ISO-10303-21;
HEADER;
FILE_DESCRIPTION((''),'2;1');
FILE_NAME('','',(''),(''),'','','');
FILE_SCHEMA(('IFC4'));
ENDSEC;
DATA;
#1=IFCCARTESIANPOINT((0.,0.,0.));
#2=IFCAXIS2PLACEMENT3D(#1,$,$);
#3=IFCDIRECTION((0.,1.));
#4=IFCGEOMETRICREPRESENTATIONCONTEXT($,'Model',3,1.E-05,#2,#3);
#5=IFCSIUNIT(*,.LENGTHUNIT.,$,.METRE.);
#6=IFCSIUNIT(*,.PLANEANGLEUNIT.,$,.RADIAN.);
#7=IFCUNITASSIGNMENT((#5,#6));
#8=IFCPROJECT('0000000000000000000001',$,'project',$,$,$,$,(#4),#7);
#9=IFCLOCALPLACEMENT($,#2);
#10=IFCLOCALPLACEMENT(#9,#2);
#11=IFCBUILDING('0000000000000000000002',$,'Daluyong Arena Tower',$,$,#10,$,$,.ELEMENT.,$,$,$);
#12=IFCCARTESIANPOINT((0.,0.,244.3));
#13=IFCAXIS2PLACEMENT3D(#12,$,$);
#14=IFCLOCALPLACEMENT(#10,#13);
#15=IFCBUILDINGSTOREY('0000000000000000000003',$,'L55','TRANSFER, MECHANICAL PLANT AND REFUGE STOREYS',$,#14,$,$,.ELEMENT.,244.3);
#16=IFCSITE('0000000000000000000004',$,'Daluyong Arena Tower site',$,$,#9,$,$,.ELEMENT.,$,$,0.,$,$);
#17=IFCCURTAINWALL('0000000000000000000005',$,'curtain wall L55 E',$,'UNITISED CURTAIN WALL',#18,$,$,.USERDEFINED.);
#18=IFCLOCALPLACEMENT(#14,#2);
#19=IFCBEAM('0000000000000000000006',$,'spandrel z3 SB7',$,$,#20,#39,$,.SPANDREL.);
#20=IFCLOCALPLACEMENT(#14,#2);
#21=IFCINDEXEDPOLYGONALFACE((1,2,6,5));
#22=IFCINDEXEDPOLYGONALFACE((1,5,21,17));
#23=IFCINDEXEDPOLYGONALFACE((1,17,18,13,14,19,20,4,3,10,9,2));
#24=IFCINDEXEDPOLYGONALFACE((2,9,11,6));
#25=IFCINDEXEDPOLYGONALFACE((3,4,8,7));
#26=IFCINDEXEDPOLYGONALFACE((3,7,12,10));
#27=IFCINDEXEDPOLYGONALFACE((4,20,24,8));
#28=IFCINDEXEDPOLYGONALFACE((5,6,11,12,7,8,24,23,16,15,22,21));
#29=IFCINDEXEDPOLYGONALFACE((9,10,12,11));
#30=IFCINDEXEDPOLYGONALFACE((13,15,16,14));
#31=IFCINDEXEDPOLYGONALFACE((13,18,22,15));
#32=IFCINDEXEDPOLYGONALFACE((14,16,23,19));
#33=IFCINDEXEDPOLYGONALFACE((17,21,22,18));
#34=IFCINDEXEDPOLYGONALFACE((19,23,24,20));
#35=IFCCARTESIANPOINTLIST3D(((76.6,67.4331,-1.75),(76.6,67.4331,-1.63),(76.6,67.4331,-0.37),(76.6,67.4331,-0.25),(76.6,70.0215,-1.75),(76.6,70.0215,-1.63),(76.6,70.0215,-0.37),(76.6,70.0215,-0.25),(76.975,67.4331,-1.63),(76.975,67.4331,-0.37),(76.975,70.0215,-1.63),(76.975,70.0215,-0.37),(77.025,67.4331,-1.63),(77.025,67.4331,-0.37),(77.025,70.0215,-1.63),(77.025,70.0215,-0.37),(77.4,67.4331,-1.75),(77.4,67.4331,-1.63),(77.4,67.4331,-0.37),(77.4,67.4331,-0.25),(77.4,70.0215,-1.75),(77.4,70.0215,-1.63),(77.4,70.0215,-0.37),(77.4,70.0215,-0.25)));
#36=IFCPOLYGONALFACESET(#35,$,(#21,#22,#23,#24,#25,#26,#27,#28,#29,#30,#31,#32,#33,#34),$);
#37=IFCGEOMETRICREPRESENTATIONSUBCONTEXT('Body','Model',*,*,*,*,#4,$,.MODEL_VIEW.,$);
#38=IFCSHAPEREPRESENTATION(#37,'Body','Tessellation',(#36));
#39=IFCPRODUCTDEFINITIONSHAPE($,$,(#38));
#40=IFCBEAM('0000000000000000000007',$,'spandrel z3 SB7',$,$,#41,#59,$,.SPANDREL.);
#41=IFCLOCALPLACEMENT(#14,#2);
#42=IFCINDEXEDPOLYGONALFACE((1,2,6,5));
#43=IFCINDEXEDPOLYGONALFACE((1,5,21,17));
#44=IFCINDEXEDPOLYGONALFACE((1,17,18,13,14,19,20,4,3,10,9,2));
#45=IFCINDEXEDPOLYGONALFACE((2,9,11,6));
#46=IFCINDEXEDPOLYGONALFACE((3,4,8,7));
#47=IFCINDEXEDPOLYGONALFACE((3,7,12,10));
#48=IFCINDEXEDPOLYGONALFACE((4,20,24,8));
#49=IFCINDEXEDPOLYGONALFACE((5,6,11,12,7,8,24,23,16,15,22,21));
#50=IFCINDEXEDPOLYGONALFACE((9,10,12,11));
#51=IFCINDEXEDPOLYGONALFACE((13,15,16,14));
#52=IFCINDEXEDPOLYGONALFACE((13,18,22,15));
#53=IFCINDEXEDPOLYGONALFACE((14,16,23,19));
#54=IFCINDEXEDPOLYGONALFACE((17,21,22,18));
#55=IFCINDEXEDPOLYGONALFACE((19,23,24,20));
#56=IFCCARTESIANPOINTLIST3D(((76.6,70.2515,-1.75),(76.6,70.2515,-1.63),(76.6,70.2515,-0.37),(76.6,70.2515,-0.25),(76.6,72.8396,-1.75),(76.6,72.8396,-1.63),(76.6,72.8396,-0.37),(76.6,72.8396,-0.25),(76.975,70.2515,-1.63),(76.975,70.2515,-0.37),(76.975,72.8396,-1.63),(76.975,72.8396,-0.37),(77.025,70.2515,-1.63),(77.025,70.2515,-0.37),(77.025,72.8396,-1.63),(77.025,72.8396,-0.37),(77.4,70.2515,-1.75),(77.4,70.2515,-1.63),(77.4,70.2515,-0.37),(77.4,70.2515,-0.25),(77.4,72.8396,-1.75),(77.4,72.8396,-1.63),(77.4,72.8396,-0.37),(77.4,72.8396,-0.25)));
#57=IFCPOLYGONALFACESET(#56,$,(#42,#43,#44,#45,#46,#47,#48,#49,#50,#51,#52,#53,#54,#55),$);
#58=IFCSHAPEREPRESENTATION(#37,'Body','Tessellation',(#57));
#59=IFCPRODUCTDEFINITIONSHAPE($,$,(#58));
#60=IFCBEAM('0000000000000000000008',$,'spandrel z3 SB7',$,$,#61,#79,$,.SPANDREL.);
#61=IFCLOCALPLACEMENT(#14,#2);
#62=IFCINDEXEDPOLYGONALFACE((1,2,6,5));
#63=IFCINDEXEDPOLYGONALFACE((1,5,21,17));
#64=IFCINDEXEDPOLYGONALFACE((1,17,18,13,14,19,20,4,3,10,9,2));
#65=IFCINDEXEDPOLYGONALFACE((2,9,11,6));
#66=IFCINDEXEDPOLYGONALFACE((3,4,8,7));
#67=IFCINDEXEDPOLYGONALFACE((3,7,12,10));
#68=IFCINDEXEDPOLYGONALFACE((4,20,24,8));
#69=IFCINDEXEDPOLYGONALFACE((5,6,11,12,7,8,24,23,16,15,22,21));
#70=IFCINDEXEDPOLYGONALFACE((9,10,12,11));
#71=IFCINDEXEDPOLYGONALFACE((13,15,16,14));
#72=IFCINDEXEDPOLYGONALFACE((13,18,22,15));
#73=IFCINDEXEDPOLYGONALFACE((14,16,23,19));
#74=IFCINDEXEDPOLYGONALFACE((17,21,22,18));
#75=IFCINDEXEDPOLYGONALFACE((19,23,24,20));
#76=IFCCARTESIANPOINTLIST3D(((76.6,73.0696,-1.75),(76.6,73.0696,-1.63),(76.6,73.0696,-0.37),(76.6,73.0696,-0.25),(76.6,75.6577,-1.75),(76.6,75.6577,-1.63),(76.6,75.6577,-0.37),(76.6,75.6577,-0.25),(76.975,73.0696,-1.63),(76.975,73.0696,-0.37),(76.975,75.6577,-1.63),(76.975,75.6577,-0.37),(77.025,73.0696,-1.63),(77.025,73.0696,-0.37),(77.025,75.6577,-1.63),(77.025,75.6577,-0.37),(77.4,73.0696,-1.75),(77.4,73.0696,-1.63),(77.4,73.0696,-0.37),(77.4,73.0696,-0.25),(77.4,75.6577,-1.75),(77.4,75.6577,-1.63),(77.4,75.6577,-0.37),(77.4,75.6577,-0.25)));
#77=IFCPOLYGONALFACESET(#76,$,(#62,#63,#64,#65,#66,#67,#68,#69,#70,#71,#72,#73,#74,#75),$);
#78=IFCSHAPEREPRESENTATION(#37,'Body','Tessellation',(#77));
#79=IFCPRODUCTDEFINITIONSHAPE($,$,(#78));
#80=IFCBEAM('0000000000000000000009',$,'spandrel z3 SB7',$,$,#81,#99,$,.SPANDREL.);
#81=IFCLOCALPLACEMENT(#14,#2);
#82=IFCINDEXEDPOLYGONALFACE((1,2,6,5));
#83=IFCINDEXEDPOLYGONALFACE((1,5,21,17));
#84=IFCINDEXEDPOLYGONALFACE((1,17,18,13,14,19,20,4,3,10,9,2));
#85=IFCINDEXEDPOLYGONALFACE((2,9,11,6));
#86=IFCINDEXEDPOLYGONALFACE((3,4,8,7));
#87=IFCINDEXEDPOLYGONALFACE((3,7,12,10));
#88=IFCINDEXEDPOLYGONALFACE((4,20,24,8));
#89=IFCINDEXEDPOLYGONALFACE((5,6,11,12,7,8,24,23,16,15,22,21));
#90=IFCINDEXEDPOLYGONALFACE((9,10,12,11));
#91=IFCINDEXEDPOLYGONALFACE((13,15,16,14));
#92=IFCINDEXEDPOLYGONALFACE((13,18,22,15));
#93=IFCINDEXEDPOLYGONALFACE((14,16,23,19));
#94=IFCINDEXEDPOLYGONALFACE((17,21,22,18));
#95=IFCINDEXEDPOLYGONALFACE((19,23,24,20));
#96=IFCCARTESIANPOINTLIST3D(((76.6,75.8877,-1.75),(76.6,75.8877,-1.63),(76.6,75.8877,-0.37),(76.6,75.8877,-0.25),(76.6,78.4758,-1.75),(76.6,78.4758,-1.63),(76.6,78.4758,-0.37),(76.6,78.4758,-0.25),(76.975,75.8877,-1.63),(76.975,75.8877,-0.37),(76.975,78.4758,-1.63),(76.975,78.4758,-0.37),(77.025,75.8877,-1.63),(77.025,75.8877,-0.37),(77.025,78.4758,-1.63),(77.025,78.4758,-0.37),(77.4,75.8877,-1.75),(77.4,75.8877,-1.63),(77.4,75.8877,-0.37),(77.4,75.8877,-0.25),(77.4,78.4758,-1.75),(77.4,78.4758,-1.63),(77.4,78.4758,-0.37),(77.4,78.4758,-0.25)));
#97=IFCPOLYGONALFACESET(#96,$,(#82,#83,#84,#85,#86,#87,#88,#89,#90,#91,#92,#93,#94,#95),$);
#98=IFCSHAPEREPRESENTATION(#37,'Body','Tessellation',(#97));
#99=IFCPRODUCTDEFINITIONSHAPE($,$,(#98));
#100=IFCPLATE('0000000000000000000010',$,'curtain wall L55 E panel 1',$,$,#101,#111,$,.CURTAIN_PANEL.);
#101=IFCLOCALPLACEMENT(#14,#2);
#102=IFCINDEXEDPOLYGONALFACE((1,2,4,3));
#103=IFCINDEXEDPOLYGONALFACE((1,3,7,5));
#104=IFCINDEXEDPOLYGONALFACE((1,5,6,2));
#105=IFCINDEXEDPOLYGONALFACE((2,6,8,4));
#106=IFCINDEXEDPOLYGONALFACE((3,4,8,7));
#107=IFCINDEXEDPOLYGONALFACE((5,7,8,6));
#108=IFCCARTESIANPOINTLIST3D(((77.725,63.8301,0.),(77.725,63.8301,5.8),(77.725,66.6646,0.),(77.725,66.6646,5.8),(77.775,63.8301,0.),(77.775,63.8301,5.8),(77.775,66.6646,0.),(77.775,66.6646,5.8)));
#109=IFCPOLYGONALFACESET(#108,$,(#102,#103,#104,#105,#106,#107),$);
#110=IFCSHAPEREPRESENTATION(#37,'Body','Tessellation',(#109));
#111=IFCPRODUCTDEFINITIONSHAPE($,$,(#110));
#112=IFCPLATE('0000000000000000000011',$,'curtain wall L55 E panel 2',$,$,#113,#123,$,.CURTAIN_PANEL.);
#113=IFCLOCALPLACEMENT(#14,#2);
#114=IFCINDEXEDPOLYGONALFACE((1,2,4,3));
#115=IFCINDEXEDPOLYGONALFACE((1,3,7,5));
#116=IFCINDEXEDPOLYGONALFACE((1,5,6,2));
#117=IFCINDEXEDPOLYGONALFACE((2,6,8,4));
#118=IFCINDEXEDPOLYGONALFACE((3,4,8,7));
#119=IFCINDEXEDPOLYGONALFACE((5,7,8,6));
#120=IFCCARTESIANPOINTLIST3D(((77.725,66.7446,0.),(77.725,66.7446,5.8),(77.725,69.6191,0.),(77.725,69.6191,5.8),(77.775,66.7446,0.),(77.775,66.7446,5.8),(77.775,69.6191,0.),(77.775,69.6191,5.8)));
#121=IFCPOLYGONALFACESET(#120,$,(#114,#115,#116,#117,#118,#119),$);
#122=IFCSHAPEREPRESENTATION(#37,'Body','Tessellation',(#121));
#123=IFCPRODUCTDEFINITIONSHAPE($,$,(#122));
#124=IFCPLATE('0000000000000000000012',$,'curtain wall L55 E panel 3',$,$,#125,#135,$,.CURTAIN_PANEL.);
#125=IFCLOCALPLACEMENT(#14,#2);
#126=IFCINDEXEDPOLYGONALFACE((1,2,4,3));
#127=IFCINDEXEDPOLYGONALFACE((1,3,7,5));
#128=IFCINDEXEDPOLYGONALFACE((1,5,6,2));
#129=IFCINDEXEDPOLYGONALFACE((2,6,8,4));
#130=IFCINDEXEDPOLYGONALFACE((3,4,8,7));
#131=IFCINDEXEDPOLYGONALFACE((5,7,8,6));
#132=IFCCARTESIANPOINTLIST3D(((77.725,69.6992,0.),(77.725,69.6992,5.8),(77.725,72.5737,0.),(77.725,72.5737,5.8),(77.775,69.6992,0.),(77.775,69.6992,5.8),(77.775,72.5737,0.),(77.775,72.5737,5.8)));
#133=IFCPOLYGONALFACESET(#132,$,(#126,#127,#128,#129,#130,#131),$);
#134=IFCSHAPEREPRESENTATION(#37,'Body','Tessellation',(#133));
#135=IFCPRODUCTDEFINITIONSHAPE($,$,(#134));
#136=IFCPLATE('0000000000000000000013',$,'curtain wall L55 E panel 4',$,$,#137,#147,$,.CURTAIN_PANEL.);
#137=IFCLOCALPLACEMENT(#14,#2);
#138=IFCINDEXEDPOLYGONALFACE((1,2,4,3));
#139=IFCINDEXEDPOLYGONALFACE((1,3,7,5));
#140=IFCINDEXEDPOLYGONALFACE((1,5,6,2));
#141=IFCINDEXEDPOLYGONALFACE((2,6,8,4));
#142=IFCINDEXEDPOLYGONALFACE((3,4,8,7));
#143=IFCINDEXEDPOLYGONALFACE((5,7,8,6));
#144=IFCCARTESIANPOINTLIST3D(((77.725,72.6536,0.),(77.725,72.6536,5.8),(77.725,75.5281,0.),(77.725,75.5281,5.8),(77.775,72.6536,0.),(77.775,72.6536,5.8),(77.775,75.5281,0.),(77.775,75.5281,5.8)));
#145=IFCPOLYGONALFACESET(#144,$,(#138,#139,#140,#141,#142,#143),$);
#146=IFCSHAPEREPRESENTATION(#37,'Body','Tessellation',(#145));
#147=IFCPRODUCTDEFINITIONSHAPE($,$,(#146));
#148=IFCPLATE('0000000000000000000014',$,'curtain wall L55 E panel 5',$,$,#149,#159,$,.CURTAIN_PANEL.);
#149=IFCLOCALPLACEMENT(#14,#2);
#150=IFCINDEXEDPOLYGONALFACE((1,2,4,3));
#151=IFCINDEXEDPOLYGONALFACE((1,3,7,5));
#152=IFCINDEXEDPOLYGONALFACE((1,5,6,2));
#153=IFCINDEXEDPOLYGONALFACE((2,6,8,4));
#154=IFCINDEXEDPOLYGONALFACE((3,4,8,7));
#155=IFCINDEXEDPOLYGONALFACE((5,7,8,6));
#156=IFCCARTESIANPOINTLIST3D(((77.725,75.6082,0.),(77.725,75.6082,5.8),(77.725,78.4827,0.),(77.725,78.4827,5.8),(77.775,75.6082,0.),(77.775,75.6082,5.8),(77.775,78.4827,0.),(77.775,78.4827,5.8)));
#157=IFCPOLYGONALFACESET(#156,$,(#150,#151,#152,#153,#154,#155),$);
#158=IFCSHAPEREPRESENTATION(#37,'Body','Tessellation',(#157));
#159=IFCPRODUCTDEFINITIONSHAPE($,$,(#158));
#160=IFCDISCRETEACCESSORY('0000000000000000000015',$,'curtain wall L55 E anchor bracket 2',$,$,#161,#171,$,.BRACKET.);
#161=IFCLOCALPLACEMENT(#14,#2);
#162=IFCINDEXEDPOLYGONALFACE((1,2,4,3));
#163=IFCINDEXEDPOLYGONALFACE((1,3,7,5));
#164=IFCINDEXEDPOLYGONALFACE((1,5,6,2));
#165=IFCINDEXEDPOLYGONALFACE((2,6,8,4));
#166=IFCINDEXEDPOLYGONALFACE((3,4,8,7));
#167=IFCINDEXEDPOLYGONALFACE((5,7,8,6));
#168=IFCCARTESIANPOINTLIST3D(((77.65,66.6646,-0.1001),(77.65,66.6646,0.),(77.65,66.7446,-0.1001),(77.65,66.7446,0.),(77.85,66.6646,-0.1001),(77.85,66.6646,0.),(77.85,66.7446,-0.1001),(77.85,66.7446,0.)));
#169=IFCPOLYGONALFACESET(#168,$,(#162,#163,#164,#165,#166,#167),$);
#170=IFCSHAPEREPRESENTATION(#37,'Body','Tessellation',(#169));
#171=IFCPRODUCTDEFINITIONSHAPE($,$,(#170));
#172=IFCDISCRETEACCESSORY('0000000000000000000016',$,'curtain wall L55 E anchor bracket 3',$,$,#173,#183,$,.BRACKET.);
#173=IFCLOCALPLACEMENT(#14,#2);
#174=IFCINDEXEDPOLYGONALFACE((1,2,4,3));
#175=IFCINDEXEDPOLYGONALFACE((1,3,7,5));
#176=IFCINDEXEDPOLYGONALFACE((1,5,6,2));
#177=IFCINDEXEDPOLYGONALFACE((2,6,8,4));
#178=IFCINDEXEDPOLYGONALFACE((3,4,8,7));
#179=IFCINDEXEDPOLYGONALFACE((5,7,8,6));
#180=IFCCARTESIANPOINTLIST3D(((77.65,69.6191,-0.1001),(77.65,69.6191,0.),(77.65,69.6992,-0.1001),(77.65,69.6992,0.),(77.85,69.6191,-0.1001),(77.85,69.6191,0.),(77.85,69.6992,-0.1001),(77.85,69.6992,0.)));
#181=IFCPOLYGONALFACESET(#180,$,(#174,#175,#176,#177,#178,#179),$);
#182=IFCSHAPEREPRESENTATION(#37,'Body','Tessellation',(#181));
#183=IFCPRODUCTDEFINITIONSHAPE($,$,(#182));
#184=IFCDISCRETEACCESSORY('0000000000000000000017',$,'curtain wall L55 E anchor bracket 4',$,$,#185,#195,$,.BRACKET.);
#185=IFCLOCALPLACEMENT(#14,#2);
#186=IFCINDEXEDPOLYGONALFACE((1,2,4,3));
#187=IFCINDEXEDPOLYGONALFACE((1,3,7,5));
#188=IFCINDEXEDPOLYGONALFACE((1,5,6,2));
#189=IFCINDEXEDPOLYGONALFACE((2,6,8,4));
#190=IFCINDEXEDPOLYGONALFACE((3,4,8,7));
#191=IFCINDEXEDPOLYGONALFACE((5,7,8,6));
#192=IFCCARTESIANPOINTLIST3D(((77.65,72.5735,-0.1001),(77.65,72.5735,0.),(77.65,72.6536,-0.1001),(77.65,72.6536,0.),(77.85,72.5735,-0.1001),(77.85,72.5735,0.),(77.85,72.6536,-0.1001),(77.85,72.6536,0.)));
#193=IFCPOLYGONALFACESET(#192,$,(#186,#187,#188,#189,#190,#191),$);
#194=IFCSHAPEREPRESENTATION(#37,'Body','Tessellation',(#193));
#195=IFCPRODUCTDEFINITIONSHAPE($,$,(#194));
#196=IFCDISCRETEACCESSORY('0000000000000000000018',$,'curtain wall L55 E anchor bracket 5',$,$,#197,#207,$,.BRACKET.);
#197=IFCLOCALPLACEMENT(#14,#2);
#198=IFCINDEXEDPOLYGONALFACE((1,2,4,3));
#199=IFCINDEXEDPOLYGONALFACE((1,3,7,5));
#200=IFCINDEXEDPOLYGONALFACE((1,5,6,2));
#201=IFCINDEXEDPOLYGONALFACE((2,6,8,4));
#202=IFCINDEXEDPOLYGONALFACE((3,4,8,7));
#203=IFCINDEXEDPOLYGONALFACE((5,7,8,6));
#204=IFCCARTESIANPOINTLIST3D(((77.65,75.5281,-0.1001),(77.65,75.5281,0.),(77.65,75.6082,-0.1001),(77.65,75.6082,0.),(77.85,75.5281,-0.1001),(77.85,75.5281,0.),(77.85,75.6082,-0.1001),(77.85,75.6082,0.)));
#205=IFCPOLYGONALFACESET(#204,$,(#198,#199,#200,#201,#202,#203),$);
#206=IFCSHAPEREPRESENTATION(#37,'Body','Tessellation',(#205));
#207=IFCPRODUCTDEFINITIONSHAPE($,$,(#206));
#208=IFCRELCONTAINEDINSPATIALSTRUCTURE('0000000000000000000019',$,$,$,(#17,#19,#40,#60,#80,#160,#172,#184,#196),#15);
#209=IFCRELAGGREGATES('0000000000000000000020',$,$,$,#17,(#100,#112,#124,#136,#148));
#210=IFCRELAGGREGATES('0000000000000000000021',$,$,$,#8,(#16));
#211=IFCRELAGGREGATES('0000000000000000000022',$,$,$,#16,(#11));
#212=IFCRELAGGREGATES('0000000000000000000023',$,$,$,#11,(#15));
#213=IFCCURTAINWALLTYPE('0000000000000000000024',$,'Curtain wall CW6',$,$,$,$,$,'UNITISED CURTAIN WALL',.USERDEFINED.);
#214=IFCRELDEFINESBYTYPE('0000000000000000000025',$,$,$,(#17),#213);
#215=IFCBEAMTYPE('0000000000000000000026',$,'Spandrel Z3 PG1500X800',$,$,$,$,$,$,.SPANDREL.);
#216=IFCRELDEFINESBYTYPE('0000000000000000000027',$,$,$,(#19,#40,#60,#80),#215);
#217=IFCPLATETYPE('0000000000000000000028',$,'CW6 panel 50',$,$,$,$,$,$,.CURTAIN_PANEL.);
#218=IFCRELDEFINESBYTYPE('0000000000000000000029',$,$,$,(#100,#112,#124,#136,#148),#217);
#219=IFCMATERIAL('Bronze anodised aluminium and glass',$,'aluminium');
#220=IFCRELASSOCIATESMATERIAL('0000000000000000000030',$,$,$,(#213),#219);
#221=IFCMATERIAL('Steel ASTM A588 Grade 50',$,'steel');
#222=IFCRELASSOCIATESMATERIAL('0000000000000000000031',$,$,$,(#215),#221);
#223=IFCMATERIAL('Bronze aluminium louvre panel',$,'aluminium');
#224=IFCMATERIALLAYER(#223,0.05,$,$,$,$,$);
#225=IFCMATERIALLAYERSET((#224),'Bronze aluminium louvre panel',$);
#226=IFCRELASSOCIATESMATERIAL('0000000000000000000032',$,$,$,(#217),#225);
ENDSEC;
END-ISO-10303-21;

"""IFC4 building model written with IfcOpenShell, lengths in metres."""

from ifc_helpers import new_model, si_unit, direction, frame, origin, origin_2d, place, context, subcontext, project, spatial, rectangle, i_section, extrude, material, layer, layer_set, material_profile, profile_set, type_object, element, aggregate, save


model = new_model("IFC4")

# Units and contexts
model_context = context("Model", 3, precision=1e-05, world=origin(), true_north=direction((0.0, 1.0)))
body_context = subcontext(model_context, "Body", "Model", "MODEL_VIEW")
ifc_project = project(units=[si_unit("LENGTHUNIT", "METRE"), si_unit("PLANEANGLEUNIT", "RADIAN")], contexts=[model_context])

# Site, building, storey
site_placement = place(None, origin())
site = spatial("IfcSite", under=ifc_project, at=site_placement, Name="Daluyong Arena Tower site", CompositionType="ELEMENT", RefElevation=0.0)
building_placement = place(site_placement, origin())
building = spatial("IfcBuilding", under=site, at=building_placement, Name="Daluyong Arena Tower", CompositionType="ELEMENT")
storey_placement = place(building_placement, frame((0.0, 0.0, 244.3)))
storey = spatial("IfcBuildingStorey", under=building, at=storey_placement, Name="L55", Description="TRANSFER, MECHANICAL PLANT AND REFUGE STOREYS", CompositionType="ELEMENT", Elevation=244.3)

# Curtain wall
ifc_material_1 = material(Name="Bronze anodised aluminium and glass", Category="aluminium")
curtain_wall_type = type_object("IfcCurtainWallType", Name="Curtain wall CW6", ElementType="UNITISED CURTAIN WALL", PredefinedType="USERDEFINED", material=ifc_material_1)
curtain_wall_placement = place(storey_placement, origin())
curtain_wall = element("IfcCurtainWall", 1, at=curtain_wall_placement, inside=storey, type_object=curtain_wall_type, Name="curtain wall L55 E", ObjectType="UNITISED CURTAIN WALL", PredefinedType="USERDEFINED")

# Beams
ifc_material_2 = material(Name="Steel ASTM A588 Grade 50", Category="steel")
ifc_material_profile_1 = material_profile(ifc_material_2, i_section(OverallWidth=0.8, OverallDepth=1.5, WebThickness=0.05, FlangeThickness=0.12, at=origin_2d()))
ifc_profile_set_1 = profile_set([ifc_material_profile_1], Name="Steel ASTM A588 Grade 50")
beam_type_1 = type_object("IfcBeamType", Name="Spandrel Z3 PG1500X800", PredefinedType="SPANDREL", material=ifc_profile_set_1)
beam_1_placement = place(storey_placement, frame((77.0, 67.4331, -1.0), z_axis=(0.0, 1.0, 0.0), x_axis=(-1.0, 0.0, 0.0)))
element("IfcBeam", 2, at=beam_1_placement, inside=storey, type_object=beam_type_1, Name="spandrel z3 SB7", PredefinedType="SPANDREL", context=body_context, shape_type="SweptSolid", body=[
    extrude(i_section(OverallWidth=0.8, OverallDepth=1.5, WebThickness=0.05, FlangeThickness=0.12, at=origin_2d()), origin(), (0.0, 0.0, 1.0), 2.5884),
])
for number, where, z_axis, x_axis, name in (
    (3, (77.0, 70.2515, -1.0), (0.0, 1.0, 0.0), (-1.0, 0.0, 0.0), "spandrel z3 SB7"),
    (4, (77.0, 73.0696, -1.0), (0.0, 1.0, 0.0), (-1.0, 0.0, 0.0), "spandrel z3 SB7"),
    (5, (77.0, 75.8877, -1.0), (0.0, 1.0, 0.0), (-1.0, 0.0, 0.0), "spandrel z3 SB7"),
):
    element("IfcBeam", number, at=place(storey_placement, frame(where, z_axis=z_axis, x_axis=x_axis)), inside=storey, type_object=beam_type_1, Name=name, PredefinedType="SPANDREL", context=body_context, shape_type="SweptSolid", body=[
        extrude(i_section(OverallWidth=0.8, OverallDepth=1.5, WebThickness=0.05, FlangeThickness=0.12, at=origin_2d()), origin(), (0.0, 0.0, 1.0), 2.5881),
    ])

# Plates
ifc_material_3 = material(Name="Bronze aluminium louvre panel", Category="aluminium")
ifc_layer = layer(ifc_material_3, 0.05)
ifc_layer_set = layer_set([ifc_layer], Name="Bronze aluminium louvre panel")
plate_type = type_object("IfcPlateType", Name="CW6 panel 50", PredefinedType="CURTAIN_PANEL", material=ifc_layer_set)
plate_1_placement = place(storey_placement, frame((77.75, 65.2473, 0.0), z_axis=(0.0, 0.0, 1.0), x_axis=(0.0, 1.0, 0.0)))
plate_1 = element("IfcPlate", 6, at=plate_1_placement, type_object=plate_type, Name="curtain wall L55 E panel 1", PredefinedType="CURTAIN_PANEL", context=body_context, shape_type="SweptSolid", body=[
    extrude(rectangle(XDim=2.8345, YDim=0.05, at=origin_2d()), origin(), (0.0, 0.0, 1.0), 5.8),
])
plate_2_placement = place(storey_placement, frame((77.75, 68.1819, 0.0), z_axis=(0.0, 0.0, 1.0), x_axis=(0.0, 1.0, 0.0)))
plate_2 = element("IfcPlate", 7, at=plate_2_placement, type_object=plate_type, Name="curtain wall L55 E panel 2", PredefinedType="CURTAIN_PANEL", context=body_context, shape_type="SweptSolid", body=[
    extrude(rectangle(XDim=2.8745, YDim=0.05, at=origin_2d()), origin(), (0.0, 0.0, 1.0), 5.8),
])
plate_3_placement = place(storey_placement, frame((77.75, 71.1365, 0.0), z_axis=(0.0, 0.0, 1.0), x_axis=(0.0, 1.0, 0.0)))
plate_3 = element("IfcPlate", 8, at=plate_3_placement, type_object=plate_type, Name="curtain wall L55 E panel 3", PredefinedType="CURTAIN_PANEL", context=body_context, shape_type="SweptSolid", body=[
    extrude(rectangle(XDim=2.8745, YDim=0.05, at=origin_2d()), origin(), (0.0, 0.0, 1.0), 5.8),
])
plate_4_placement = place(storey_placement, frame((77.75, 74.0908, 0.0), z_axis=(0.0, 0.0, 1.0), x_axis=(0.0, 1.0, 0.0)))
plate_4 = element("IfcPlate", 9, at=plate_4_placement, type_object=plate_type, Name="curtain wall L55 E panel 4", PredefinedType="CURTAIN_PANEL", context=body_context, shape_type="SweptSolid", body=[
    extrude(rectangle(XDim=2.8745, YDim=0.05, at=origin_2d()), origin(), (0.0, 0.0, 1.0), 5.8),
])
plate_5_placement = place(storey_placement, frame((77.75, 77.0454, 0.0), z_axis=(0.0, 0.0, 1.0), x_axis=(0.0, 1.0, 0.0)))
plate_5 = element("IfcPlate", 10, at=plate_5_placement, type_object=plate_type, Name="curtain wall L55 E panel 5", PredefinedType="CURTAIN_PANEL", context=body_context, shape_type="SweptSolid", body=[
    extrude(rectangle(XDim=2.8745, YDim=0.05, at=origin_2d()), origin(), (0.0, 0.0, 1.0), 5.8),
])
aggregate(curtain_wall, [plate_1, plate_2, plate_3, plate_4, plate_5])

# Discrete accessories
for number, where, z_axis, x_axis, name in (
    (11, (77.75, 66.7046, -0.1001), (0.0, 0.0, 1.0), (0.0, 1.0, 0.0), "curtain wall L55 E anchor bracket 2"),
    (12, (77.75, 69.6592, -0.1001), (0.0, 0.0, 1.0), (0.0, 1.0, 0.0), "curtain wall L55 E anchor bracket 3"),
    (13, (77.75, 72.6135, -0.1001), (0.0, 0.0, 1.0), (0.0, 1.0, 0.0), "curtain wall L55 E anchor bracket 4"),
    (14, (77.75, 75.5681, -0.1001), (0.0, 0.0, 1.0), (0.0, 1.0, 0.0), "curtain wall L55 E anchor bracket 5"),
):
    element("IfcDiscreteAccessory", number, at=place(storey_placement, frame(where, z_axis=z_axis, x_axis=x_axis)), inside=storey, Name=name, PredefinedType="BRACKET", context=body_context, shape_type="SweptSolid", body=[
        extrude(rectangle(XDim=0.0801, YDim=0.2, at=origin_2d()), origin(), (0.0, 0.0, 1.0), 0.1001),
    ])

save(model, "model.ifc")
